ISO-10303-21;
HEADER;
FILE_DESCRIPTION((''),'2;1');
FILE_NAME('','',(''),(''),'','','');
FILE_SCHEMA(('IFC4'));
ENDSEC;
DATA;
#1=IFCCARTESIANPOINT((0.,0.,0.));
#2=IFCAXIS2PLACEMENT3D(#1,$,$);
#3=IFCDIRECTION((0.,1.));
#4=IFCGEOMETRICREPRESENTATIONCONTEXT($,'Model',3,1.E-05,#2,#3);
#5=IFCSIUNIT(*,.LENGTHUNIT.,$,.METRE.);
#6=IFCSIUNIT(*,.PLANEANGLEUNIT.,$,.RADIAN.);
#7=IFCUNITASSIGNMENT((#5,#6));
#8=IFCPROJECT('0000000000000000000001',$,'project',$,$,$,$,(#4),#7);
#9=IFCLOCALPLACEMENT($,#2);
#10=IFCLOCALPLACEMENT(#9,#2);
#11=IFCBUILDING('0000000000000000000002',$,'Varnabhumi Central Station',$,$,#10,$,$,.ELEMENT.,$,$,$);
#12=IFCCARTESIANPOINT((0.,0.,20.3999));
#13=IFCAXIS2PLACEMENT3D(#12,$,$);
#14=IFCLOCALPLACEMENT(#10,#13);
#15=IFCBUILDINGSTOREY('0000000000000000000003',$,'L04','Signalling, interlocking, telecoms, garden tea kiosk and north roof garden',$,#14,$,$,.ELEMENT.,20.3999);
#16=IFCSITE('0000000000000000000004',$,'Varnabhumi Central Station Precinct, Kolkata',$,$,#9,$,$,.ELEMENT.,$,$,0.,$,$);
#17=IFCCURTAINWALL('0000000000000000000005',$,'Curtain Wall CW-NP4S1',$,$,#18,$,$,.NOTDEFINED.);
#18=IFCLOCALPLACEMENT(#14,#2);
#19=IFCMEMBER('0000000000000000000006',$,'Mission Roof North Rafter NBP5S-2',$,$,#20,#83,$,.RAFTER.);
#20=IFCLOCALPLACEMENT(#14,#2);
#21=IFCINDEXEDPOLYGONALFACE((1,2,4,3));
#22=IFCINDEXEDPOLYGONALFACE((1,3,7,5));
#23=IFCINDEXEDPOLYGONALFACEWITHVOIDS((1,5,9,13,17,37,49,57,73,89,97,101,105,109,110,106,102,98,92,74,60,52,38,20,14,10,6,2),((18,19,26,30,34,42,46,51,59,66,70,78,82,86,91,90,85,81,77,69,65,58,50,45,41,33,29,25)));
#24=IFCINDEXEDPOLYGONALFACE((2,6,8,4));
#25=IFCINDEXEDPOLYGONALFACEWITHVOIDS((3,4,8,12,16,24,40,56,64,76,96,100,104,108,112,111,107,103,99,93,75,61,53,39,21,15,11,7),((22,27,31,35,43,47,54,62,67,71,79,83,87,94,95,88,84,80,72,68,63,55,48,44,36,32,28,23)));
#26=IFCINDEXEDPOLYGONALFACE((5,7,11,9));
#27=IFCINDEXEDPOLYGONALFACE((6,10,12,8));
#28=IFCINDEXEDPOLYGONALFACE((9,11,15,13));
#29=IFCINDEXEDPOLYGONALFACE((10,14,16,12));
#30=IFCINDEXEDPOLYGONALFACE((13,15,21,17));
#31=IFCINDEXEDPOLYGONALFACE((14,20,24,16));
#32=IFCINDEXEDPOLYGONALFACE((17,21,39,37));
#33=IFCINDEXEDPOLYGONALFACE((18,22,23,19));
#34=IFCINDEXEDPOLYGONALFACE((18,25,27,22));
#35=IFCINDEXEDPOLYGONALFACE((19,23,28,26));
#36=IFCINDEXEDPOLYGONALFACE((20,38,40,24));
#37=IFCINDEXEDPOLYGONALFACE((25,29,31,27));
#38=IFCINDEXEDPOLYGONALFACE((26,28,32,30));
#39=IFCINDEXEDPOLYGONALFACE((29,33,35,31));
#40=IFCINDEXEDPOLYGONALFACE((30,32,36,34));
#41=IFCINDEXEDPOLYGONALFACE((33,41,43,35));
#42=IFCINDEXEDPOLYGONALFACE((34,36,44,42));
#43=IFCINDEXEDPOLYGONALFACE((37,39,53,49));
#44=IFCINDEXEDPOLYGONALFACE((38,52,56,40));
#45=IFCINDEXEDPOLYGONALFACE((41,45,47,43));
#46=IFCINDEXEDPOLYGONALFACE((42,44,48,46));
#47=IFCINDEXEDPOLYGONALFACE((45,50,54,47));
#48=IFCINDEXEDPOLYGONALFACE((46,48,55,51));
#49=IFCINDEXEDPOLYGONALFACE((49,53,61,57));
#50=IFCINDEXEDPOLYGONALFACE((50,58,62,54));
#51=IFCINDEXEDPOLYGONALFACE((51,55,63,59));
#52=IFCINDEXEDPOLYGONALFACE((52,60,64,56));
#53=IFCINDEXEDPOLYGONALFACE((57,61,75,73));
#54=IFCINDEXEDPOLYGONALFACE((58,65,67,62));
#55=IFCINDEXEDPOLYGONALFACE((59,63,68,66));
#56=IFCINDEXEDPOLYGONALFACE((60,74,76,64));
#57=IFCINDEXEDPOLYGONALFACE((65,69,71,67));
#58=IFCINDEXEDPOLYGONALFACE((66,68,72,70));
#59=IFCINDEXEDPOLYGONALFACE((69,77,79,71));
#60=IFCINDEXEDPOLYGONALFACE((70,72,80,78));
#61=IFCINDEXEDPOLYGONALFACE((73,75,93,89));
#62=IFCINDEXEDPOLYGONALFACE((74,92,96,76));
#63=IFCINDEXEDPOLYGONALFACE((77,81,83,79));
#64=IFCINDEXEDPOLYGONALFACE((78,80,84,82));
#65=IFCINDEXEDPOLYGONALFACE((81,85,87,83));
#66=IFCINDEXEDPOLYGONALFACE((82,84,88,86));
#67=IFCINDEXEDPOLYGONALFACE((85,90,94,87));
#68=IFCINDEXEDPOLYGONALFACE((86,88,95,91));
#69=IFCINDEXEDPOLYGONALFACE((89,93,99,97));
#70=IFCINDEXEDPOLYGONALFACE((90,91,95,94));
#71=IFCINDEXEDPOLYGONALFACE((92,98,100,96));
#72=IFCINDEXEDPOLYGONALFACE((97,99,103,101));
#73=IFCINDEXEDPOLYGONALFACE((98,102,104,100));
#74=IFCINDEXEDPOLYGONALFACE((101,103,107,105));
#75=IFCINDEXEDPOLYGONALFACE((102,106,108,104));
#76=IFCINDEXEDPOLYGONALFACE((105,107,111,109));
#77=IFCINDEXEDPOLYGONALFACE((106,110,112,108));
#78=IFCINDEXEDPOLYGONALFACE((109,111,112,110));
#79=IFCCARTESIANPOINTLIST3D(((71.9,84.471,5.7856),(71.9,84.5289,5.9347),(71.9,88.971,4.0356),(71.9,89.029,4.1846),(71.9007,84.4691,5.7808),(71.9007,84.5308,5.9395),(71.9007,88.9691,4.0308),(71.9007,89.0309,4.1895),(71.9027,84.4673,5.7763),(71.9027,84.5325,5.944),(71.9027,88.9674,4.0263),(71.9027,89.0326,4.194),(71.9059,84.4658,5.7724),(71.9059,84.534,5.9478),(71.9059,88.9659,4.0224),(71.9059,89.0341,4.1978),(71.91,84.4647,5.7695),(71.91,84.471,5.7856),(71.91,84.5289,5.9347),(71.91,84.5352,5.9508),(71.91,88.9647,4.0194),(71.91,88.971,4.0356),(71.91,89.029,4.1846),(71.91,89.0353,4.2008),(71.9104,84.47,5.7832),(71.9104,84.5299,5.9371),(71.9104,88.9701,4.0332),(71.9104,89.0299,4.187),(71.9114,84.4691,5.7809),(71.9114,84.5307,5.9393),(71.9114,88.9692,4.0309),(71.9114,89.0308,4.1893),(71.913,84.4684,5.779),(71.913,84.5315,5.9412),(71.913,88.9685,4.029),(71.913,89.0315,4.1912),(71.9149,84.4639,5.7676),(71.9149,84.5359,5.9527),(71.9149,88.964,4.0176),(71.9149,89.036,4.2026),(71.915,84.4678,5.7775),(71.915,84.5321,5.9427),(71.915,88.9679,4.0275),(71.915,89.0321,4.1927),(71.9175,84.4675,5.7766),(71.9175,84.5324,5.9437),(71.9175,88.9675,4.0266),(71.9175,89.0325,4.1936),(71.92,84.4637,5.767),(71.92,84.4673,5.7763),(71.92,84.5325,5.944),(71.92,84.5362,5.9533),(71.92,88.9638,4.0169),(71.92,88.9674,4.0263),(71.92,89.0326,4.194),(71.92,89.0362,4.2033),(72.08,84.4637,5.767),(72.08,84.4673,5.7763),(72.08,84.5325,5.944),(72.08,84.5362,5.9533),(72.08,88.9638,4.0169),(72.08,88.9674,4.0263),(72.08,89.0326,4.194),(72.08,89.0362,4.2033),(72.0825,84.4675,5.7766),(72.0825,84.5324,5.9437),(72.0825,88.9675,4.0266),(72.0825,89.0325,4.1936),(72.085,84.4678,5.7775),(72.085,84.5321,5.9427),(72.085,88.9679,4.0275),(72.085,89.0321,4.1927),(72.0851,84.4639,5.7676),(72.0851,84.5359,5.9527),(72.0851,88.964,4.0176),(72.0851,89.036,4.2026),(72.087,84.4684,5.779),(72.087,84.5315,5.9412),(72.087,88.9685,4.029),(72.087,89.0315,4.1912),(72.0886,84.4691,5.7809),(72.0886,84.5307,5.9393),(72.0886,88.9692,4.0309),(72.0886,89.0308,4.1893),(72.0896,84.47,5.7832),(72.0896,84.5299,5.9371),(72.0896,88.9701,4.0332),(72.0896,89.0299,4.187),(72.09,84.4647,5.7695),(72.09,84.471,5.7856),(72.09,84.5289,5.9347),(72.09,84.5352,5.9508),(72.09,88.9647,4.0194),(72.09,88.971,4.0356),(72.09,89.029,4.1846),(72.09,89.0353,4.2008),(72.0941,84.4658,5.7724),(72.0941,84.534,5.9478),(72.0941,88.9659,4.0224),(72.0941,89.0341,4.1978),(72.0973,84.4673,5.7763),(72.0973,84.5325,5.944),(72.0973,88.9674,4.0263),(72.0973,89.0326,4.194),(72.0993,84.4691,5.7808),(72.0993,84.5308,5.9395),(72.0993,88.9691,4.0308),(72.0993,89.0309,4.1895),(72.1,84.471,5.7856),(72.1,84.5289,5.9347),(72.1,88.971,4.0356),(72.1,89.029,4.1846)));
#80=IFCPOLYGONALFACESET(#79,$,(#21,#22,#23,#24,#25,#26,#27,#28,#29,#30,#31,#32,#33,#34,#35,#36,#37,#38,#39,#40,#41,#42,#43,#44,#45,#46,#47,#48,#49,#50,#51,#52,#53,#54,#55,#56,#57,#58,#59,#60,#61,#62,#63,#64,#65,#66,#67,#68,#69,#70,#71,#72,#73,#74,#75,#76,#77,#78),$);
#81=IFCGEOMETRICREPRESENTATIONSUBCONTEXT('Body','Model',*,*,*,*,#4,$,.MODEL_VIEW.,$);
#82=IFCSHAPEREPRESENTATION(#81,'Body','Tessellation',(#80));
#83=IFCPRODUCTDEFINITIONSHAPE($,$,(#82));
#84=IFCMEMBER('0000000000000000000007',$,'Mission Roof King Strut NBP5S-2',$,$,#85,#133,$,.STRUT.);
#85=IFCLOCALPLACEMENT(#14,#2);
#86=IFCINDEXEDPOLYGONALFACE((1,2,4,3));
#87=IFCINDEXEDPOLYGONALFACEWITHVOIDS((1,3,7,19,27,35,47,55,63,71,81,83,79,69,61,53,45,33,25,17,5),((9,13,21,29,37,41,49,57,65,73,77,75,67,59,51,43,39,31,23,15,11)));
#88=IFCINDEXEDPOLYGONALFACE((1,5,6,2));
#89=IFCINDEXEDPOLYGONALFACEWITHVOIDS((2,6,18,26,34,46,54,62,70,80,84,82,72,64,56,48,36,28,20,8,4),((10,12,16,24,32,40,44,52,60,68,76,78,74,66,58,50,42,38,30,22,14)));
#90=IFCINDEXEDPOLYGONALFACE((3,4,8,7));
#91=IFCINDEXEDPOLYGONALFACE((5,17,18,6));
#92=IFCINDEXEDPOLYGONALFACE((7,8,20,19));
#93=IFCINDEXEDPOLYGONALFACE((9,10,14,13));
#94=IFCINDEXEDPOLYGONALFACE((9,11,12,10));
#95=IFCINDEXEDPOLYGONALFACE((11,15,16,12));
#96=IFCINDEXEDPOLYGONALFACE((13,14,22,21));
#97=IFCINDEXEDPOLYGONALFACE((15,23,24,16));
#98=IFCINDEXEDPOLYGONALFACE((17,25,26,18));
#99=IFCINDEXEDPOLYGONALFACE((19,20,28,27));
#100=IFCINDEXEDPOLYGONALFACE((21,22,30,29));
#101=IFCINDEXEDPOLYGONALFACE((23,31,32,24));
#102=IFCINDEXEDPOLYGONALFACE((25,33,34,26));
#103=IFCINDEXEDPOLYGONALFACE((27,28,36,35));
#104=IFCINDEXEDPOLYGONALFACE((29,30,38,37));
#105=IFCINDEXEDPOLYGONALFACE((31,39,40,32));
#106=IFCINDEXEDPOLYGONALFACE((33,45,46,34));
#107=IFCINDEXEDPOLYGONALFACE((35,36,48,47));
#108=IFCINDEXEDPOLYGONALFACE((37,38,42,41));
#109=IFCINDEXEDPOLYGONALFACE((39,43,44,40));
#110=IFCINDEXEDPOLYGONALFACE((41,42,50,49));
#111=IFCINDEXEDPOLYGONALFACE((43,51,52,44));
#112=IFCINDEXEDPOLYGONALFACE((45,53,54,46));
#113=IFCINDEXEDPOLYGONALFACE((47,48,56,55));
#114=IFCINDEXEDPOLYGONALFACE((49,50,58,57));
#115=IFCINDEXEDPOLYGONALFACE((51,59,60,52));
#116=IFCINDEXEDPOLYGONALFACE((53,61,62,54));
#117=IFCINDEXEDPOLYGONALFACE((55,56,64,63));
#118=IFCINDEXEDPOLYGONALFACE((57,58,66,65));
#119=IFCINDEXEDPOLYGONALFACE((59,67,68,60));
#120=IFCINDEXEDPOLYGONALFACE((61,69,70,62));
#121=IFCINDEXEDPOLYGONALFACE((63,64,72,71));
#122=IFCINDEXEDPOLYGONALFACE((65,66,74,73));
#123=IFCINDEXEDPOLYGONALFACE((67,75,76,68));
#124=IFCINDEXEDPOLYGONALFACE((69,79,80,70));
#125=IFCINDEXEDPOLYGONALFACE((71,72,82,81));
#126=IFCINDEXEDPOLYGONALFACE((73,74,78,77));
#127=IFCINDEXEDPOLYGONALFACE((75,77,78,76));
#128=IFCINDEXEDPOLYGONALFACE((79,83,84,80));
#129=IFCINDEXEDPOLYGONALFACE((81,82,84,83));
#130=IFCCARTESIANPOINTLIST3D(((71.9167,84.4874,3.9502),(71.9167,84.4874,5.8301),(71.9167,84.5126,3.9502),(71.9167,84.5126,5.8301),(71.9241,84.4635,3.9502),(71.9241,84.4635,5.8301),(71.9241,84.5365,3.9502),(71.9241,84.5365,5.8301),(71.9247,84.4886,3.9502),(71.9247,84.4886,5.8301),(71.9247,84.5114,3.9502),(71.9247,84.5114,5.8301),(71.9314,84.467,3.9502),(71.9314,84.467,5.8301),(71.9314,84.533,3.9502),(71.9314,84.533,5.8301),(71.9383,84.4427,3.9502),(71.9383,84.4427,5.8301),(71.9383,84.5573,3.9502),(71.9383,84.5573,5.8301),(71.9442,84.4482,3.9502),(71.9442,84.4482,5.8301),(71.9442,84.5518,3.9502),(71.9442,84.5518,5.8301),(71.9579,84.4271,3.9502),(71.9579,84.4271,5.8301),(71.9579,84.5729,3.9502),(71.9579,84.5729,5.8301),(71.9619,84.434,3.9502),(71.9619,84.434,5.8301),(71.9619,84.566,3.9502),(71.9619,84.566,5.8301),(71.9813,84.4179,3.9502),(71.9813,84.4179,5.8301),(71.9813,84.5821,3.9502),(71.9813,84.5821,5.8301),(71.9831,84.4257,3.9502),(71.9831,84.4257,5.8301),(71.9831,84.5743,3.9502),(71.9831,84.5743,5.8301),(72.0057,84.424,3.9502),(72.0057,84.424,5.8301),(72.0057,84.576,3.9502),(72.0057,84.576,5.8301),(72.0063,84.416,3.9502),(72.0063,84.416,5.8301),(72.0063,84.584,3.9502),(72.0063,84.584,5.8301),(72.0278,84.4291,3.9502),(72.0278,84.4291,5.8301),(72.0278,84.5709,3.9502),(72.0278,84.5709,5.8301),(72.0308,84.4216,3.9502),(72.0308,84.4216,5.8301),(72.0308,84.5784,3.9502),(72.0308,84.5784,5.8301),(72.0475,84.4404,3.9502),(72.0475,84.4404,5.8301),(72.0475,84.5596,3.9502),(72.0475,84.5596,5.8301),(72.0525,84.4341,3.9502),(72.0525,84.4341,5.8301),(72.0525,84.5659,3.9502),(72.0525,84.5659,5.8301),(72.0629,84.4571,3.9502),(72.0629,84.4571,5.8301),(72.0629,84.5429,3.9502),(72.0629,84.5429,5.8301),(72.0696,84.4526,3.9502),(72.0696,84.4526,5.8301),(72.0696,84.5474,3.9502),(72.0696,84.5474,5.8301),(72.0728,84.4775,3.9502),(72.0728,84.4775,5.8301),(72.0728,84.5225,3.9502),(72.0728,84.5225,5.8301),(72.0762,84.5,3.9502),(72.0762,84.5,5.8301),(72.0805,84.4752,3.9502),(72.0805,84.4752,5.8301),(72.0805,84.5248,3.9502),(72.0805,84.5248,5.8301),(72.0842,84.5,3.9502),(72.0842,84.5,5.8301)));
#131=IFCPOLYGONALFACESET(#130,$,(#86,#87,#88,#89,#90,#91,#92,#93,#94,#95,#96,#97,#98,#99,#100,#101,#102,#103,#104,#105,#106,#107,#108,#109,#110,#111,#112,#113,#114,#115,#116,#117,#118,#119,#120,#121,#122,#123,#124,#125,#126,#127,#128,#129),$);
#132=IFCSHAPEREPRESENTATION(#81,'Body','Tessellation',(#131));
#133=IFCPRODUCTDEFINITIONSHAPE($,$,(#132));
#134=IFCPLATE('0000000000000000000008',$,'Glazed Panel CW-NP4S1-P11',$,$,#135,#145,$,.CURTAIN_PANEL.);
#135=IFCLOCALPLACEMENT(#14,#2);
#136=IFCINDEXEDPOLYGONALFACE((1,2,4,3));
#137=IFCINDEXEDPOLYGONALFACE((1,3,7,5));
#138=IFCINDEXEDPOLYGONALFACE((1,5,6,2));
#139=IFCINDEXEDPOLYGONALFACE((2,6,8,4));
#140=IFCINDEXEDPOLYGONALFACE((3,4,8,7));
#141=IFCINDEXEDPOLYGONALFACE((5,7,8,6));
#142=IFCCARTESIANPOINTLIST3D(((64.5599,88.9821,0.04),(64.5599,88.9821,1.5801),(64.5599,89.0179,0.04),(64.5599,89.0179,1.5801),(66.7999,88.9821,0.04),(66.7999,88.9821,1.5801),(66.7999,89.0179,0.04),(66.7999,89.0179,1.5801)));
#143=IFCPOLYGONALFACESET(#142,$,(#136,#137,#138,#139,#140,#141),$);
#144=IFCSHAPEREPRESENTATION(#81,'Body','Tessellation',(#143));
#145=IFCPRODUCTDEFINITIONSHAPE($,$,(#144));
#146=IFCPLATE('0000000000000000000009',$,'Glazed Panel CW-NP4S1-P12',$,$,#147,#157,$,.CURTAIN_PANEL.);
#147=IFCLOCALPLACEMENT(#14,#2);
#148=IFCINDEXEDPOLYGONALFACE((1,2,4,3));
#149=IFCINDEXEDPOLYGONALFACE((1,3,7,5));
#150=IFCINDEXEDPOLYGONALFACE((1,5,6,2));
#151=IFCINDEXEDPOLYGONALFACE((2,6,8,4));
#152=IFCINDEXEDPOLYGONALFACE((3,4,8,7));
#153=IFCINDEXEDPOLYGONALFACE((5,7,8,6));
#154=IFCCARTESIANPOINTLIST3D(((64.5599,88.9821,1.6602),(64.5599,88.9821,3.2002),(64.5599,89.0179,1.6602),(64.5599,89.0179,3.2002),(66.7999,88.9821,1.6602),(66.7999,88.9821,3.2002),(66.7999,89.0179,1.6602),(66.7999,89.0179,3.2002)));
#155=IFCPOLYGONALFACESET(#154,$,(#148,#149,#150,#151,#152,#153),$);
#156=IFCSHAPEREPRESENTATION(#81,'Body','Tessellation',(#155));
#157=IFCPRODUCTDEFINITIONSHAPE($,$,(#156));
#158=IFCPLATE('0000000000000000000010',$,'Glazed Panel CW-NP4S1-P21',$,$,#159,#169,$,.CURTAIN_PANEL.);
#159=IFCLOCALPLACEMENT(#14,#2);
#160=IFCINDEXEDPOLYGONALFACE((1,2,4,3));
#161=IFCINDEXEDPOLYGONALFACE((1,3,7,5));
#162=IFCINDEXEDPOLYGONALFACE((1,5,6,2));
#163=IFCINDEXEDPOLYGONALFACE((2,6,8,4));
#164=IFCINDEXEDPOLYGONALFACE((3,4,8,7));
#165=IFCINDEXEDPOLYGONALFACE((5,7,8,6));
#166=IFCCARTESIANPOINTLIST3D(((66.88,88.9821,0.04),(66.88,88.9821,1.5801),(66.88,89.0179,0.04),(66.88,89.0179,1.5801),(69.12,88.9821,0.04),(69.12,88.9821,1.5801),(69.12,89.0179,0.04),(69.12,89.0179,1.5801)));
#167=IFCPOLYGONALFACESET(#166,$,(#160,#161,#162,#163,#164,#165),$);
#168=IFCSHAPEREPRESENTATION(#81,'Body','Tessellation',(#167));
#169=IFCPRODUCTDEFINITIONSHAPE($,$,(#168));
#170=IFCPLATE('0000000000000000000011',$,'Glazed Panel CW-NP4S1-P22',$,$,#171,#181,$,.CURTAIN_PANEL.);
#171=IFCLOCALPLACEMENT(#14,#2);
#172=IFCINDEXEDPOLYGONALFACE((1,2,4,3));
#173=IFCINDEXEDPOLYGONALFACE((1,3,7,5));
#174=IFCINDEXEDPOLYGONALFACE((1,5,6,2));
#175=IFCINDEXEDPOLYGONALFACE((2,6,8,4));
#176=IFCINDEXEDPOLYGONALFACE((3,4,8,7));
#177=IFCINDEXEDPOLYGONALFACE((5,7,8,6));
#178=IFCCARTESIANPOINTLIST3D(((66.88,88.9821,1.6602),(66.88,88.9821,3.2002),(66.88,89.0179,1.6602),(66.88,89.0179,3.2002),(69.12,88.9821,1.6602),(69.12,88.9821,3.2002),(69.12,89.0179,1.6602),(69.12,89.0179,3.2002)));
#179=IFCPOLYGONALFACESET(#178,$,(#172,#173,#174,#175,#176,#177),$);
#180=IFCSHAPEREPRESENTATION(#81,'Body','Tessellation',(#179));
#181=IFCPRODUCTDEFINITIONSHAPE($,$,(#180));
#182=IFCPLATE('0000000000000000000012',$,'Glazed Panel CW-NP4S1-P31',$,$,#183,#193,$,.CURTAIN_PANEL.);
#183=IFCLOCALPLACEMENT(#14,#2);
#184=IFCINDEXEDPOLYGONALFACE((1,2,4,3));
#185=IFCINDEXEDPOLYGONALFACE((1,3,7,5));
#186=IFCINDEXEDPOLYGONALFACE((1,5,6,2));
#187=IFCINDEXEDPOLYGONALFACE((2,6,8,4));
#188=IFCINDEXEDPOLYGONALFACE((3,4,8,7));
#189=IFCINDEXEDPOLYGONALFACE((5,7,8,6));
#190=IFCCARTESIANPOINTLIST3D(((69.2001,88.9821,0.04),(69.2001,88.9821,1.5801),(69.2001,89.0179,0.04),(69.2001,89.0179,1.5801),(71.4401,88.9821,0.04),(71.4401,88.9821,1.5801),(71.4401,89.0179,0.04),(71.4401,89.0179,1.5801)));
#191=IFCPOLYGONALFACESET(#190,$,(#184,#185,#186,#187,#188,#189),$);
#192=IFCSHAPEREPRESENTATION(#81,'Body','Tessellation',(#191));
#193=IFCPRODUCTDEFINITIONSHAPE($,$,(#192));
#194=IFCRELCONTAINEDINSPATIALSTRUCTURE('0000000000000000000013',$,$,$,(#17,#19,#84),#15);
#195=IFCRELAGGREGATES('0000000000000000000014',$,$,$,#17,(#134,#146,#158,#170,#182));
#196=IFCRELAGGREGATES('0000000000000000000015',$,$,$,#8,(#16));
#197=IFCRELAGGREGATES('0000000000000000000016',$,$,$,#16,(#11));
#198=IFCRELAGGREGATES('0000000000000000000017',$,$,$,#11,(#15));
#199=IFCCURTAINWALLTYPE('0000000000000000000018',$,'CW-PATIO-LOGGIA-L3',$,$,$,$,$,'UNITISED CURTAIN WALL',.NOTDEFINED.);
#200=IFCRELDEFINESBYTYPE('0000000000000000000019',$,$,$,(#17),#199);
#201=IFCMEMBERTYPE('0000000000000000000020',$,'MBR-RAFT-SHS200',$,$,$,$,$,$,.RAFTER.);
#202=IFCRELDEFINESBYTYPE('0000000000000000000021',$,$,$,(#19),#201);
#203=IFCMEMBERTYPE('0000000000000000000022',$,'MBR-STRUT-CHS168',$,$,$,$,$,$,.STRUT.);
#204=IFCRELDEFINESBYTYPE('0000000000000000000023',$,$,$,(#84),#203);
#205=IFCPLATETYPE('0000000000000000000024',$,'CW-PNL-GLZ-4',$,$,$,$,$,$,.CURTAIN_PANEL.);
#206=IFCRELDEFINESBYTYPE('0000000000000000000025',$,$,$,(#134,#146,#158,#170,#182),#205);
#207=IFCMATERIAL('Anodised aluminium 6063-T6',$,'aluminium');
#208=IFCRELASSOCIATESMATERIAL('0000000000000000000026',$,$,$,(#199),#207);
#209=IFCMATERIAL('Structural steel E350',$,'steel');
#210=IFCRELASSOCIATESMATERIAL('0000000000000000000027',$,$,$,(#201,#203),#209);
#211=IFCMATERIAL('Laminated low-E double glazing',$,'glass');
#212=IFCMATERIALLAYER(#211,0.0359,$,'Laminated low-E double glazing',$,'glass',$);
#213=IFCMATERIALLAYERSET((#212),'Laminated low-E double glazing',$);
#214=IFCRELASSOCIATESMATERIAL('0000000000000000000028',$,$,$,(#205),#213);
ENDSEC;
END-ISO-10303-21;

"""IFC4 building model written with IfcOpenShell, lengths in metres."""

from ifc_helpers import new_model, si_unit, direction, frame, origin, origin_2d, place, context, subcontext, project, spatial, rectangle, hollow_rectangle, hollow_circle, extrude, material, layer, layer_set, material_profile, profile_set, type_object, element, aggregate, save


model = new_model("IFC4")

# Units and contexts
model_context = context("Model", 3, precision=1e-05, world=origin(), true_north=direction((0.0, 1.0)))
body_context = subcontext(model_context, "Body", "Model", "MODEL_VIEW")
ifc_project = project(units=[si_unit("LENGTHUNIT", "METRE"), si_unit("PLANEANGLEUNIT", "RADIAN")], contexts=[model_context])

# Site, building, storey
site_placement = place(None, origin())
site = spatial("IfcSite", under=ifc_project, at=site_placement, Name="Varnabhumi Central Station Precinct, Kolkata", CompositionType="ELEMENT", RefElevation=0.0)
building_placement = place(site_placement, origin())
building = spatial("IfcBuilding", under=site, at=building_placement, Name="Varnabhumi Central Station", CompositionType="ELEMENT")
storey_placement = place(building_placement, frame((0.0, 0.0, 20.3999)))
storey = spatial("IfcBuildingStorey", under=building, at=storey_placement, Name="L04", Description="Signalling, interlocking, telecoms, garden tea kiosk and north roof garden", CompositionType="ELEMENT", Elevation=20.3999)

# Shared definitions
ifc_material_1 = material(Name="Structural steel E350", Category="steel")

# Curtain wall
ifc_material_2 = material(Name="Anodised aluminium 6063-T6", Category="aluminium")
curtain_wall_type = type_object("IfcCurtainWallType", Name="CW-PATIO-LOGGIA-L3", ElementType="UNITISED CURTAIN WALL", PredefinedType="NOTDEFINED", material=ifc_material_2)
curtain_wall_1_placement = place(storey_placement, origin())
curtain_wall_1 = element("IfcCurtainWall", 1, at=curtain_wall_1_placement, inside=storey, type_object=curtain_wall_type, Name="Curtain Wall CW-NP4S1", PredefinedType="NOTDEFINED")

# Members
ifc_material_profile_1 = material_profile(ifc_material_1, hollow_rectangle(XDim=0.2, YDim=0.2, WallThickness=0.01, InnerFilletRadius=0.01, OuterFilletRadius=0.02, at=origin_2d()), Name="Structural steel E350", Category="steel")
ifc_profile_set_1 = profile_set([ifc_material_profile_1], Name="Structural steel E350")
member_type_1 = type_object("IfcMemberType", Name="MBR-RAFT-SHS200", PredefinedType="RAFTER", material=ifc_profile_set_1)
for number, where, z_axis, x_axis, name in (
    (2, (72.0, 89.0, 4.1101), (0.0, -0.932005, 0.362446), (1.0, 0.0, 0.0), "Mission Roof North Rafter NBP5S-2"),
):
    element("IfcMember", number, at=place(storey_placement, frame(where, z_axis=z_axis, x_axis=x_axis)), inside=storey, type_object=member_type_1, Name=name, PredefinedType="RAFTER", context=body_context, shape_type="SweptSolid", body=[
        extrude(hollow_rectangle(XDim=0.2, YDim=0.2, WallThickness=0.01, InnerFilletRadius=0.01, OuterFilletRadius=0.02, at=origin_2d()), origin(), (0.0, 0.0, 1.0), 4.8284),
    ])
ifc_material_profile_2 = material_profile(ifc_material_1, hollow_circle(Radius=0.0842, WallThickness=0.0081, at=origin_2d()), Name="Structural steel E350", Category="steel")
ifc_profile_set_2 = profile_set([ifc_material_profile_2], Name="Structural steel E350")
member_type_2 = type_object("IfcMemberType", Name="MBR-STRUT-CHS168", PredefinedType="STRUT", material=ifc_profile_set_2)
member_1_placement = place(storey_placement, frame((72.0, 84.5, 3.9502), z_axis=(0.0, 0.0, 1.0), x_axis=(1.0, 0.0, 0.0)))
element("IfcMember", 3, at=member_1_placement, inside=storey, type_object=member_type_2, Name="Mission Roof King Strut NBP5S-2", PredefinedType="STRUT", context=body_context, shape_type="SweptSolid", body=[
    extrude(hollow_circle(Radius=0.0842, WallThickness=0.0081, at=origin_2d()), origin(), (0.0, 0.0, 1.0), 1.8799),
])

# Plates
ifc_material_3 = material(Name="Laminated low-E double glazing", Category="glass")
ifc_layer_1 = layer(ifc_material_3, 0.0359, Name="Laminated low-E double glazing", Category="glass")
ifc_layer_set_1 = layer_set([ifc_layer_1], Name="Laminated low-E double glazing")
plate_type_1 = type_object("IfcPlateType", Name="CW-PNL-GLZ-4", PredefinedType="CURTAIN_PANEL", material=ifc_layer_set_1)
plate_1_placement = place(storey_placement, frame((65.6799, 89.0, 0.04), z_axis=(0.0, 0.0, 1.0), x_axis=(1.0, 0.0, 0.0)))
plate_1 = element("IfcPlate", 4, at=plate_1_placement, type_object=plate_type_1, Name="Glazed Panel CW-NP4S1-P11", PredefinedType="CURTAIN_PANEL", context=body_context, shape_type="SweptSolid", body=[
    extrude(rectangle(XDim=2.24, YDim=0.0359, at=origin_2d()), origin(), (0.0, 0.0, 1.0), 1.54),
])
plate_2_placement = place(storey_placement, frame((65.6799, 89.0, 1.6602), z_axis=(0.0, 0.0, 1.0), x_axis=(1.0, 0.0, 0.0)))
plate_2 = element("IfcPlate", 5, at=plate_2_placement, type_object=plate_type_1, Name="Glazed Panel CW-NP4S1-P12", PredefinedType="CURTAIN_PANEL", context=body_context, shape_type="SweptSolid", body=[
    extrude(rectangle(XDim=2.24, YDim=0.0359, at=origin_2d()), origin(), (0.0, 0.0, 1.0), 1.54),
])
plate_3_placement = place(storey_placement, frame((68.0, 89.0, 0.04), z_axis=(0.0, 0.0, 1.0), x_axis=(1.0, 0.0, 0.0)))
plate_3 = element("IfcPlate", 6, at=plate_3_placement, type_object=plate_type_1, Name="Glazed Panel CW-NP4S1-P21", PredefinedType="CURTAIN_PANEL", context=body_context, shape_type="SweptSolid", body=[
    extrude(rectangle(XDim=2.24, YDim=0.0359, at=origin_2d()), origin(), (0.0, 0.0, 1.0), 1.54),
])
plate_4_placement = place(storey_placement, frame((68.0, 89.0, 1.6602), z_axis=(0.0, 0.0, 1.0), x_axis=(1.0, 0.0, 0.0)))
plate_4 = element("IfcPlate", 7, at=plate_4_placement, type_object=plate_type_1, Name="Glazed Panel CW-NP4S1-P22", PredefinedType="CURTAIN_PANEL", context=body_context, shape_type="SweptSolid", body=[
    extrude(rectangle(XDim=2.24, YDim=0.0359, at=origin_2d()), origin(), (0.0, 0.0, 1.0), 1.54),
])
plate_5_placement = place(storey_placement, frame((70.3201, 89.0, 0.04), z_axis=(0.0, 0.0, 1.0), x_axis=(1.0, 0.0, 0.0)))
plate_5 = element("IfcPlate", 8, at=plate_5_placement, type_object=plate_type_1, Name="Glazed Panel CW-NP4S1-P31", PredefinedType="CURTAIN_PANEL", context=body_context, shape_type="SweptSolid", body=[
    extrude(rectangle(XDim=2.24, YDim=0.0359, at=origin_2d()), origin(), (0.0, 0.0, 1.0), 1.54),
])
aggregate(curtain_wall_1, [plate_1, plate_2, plate_3, plate_4, plate_5])

save(model, "model.ifc")
